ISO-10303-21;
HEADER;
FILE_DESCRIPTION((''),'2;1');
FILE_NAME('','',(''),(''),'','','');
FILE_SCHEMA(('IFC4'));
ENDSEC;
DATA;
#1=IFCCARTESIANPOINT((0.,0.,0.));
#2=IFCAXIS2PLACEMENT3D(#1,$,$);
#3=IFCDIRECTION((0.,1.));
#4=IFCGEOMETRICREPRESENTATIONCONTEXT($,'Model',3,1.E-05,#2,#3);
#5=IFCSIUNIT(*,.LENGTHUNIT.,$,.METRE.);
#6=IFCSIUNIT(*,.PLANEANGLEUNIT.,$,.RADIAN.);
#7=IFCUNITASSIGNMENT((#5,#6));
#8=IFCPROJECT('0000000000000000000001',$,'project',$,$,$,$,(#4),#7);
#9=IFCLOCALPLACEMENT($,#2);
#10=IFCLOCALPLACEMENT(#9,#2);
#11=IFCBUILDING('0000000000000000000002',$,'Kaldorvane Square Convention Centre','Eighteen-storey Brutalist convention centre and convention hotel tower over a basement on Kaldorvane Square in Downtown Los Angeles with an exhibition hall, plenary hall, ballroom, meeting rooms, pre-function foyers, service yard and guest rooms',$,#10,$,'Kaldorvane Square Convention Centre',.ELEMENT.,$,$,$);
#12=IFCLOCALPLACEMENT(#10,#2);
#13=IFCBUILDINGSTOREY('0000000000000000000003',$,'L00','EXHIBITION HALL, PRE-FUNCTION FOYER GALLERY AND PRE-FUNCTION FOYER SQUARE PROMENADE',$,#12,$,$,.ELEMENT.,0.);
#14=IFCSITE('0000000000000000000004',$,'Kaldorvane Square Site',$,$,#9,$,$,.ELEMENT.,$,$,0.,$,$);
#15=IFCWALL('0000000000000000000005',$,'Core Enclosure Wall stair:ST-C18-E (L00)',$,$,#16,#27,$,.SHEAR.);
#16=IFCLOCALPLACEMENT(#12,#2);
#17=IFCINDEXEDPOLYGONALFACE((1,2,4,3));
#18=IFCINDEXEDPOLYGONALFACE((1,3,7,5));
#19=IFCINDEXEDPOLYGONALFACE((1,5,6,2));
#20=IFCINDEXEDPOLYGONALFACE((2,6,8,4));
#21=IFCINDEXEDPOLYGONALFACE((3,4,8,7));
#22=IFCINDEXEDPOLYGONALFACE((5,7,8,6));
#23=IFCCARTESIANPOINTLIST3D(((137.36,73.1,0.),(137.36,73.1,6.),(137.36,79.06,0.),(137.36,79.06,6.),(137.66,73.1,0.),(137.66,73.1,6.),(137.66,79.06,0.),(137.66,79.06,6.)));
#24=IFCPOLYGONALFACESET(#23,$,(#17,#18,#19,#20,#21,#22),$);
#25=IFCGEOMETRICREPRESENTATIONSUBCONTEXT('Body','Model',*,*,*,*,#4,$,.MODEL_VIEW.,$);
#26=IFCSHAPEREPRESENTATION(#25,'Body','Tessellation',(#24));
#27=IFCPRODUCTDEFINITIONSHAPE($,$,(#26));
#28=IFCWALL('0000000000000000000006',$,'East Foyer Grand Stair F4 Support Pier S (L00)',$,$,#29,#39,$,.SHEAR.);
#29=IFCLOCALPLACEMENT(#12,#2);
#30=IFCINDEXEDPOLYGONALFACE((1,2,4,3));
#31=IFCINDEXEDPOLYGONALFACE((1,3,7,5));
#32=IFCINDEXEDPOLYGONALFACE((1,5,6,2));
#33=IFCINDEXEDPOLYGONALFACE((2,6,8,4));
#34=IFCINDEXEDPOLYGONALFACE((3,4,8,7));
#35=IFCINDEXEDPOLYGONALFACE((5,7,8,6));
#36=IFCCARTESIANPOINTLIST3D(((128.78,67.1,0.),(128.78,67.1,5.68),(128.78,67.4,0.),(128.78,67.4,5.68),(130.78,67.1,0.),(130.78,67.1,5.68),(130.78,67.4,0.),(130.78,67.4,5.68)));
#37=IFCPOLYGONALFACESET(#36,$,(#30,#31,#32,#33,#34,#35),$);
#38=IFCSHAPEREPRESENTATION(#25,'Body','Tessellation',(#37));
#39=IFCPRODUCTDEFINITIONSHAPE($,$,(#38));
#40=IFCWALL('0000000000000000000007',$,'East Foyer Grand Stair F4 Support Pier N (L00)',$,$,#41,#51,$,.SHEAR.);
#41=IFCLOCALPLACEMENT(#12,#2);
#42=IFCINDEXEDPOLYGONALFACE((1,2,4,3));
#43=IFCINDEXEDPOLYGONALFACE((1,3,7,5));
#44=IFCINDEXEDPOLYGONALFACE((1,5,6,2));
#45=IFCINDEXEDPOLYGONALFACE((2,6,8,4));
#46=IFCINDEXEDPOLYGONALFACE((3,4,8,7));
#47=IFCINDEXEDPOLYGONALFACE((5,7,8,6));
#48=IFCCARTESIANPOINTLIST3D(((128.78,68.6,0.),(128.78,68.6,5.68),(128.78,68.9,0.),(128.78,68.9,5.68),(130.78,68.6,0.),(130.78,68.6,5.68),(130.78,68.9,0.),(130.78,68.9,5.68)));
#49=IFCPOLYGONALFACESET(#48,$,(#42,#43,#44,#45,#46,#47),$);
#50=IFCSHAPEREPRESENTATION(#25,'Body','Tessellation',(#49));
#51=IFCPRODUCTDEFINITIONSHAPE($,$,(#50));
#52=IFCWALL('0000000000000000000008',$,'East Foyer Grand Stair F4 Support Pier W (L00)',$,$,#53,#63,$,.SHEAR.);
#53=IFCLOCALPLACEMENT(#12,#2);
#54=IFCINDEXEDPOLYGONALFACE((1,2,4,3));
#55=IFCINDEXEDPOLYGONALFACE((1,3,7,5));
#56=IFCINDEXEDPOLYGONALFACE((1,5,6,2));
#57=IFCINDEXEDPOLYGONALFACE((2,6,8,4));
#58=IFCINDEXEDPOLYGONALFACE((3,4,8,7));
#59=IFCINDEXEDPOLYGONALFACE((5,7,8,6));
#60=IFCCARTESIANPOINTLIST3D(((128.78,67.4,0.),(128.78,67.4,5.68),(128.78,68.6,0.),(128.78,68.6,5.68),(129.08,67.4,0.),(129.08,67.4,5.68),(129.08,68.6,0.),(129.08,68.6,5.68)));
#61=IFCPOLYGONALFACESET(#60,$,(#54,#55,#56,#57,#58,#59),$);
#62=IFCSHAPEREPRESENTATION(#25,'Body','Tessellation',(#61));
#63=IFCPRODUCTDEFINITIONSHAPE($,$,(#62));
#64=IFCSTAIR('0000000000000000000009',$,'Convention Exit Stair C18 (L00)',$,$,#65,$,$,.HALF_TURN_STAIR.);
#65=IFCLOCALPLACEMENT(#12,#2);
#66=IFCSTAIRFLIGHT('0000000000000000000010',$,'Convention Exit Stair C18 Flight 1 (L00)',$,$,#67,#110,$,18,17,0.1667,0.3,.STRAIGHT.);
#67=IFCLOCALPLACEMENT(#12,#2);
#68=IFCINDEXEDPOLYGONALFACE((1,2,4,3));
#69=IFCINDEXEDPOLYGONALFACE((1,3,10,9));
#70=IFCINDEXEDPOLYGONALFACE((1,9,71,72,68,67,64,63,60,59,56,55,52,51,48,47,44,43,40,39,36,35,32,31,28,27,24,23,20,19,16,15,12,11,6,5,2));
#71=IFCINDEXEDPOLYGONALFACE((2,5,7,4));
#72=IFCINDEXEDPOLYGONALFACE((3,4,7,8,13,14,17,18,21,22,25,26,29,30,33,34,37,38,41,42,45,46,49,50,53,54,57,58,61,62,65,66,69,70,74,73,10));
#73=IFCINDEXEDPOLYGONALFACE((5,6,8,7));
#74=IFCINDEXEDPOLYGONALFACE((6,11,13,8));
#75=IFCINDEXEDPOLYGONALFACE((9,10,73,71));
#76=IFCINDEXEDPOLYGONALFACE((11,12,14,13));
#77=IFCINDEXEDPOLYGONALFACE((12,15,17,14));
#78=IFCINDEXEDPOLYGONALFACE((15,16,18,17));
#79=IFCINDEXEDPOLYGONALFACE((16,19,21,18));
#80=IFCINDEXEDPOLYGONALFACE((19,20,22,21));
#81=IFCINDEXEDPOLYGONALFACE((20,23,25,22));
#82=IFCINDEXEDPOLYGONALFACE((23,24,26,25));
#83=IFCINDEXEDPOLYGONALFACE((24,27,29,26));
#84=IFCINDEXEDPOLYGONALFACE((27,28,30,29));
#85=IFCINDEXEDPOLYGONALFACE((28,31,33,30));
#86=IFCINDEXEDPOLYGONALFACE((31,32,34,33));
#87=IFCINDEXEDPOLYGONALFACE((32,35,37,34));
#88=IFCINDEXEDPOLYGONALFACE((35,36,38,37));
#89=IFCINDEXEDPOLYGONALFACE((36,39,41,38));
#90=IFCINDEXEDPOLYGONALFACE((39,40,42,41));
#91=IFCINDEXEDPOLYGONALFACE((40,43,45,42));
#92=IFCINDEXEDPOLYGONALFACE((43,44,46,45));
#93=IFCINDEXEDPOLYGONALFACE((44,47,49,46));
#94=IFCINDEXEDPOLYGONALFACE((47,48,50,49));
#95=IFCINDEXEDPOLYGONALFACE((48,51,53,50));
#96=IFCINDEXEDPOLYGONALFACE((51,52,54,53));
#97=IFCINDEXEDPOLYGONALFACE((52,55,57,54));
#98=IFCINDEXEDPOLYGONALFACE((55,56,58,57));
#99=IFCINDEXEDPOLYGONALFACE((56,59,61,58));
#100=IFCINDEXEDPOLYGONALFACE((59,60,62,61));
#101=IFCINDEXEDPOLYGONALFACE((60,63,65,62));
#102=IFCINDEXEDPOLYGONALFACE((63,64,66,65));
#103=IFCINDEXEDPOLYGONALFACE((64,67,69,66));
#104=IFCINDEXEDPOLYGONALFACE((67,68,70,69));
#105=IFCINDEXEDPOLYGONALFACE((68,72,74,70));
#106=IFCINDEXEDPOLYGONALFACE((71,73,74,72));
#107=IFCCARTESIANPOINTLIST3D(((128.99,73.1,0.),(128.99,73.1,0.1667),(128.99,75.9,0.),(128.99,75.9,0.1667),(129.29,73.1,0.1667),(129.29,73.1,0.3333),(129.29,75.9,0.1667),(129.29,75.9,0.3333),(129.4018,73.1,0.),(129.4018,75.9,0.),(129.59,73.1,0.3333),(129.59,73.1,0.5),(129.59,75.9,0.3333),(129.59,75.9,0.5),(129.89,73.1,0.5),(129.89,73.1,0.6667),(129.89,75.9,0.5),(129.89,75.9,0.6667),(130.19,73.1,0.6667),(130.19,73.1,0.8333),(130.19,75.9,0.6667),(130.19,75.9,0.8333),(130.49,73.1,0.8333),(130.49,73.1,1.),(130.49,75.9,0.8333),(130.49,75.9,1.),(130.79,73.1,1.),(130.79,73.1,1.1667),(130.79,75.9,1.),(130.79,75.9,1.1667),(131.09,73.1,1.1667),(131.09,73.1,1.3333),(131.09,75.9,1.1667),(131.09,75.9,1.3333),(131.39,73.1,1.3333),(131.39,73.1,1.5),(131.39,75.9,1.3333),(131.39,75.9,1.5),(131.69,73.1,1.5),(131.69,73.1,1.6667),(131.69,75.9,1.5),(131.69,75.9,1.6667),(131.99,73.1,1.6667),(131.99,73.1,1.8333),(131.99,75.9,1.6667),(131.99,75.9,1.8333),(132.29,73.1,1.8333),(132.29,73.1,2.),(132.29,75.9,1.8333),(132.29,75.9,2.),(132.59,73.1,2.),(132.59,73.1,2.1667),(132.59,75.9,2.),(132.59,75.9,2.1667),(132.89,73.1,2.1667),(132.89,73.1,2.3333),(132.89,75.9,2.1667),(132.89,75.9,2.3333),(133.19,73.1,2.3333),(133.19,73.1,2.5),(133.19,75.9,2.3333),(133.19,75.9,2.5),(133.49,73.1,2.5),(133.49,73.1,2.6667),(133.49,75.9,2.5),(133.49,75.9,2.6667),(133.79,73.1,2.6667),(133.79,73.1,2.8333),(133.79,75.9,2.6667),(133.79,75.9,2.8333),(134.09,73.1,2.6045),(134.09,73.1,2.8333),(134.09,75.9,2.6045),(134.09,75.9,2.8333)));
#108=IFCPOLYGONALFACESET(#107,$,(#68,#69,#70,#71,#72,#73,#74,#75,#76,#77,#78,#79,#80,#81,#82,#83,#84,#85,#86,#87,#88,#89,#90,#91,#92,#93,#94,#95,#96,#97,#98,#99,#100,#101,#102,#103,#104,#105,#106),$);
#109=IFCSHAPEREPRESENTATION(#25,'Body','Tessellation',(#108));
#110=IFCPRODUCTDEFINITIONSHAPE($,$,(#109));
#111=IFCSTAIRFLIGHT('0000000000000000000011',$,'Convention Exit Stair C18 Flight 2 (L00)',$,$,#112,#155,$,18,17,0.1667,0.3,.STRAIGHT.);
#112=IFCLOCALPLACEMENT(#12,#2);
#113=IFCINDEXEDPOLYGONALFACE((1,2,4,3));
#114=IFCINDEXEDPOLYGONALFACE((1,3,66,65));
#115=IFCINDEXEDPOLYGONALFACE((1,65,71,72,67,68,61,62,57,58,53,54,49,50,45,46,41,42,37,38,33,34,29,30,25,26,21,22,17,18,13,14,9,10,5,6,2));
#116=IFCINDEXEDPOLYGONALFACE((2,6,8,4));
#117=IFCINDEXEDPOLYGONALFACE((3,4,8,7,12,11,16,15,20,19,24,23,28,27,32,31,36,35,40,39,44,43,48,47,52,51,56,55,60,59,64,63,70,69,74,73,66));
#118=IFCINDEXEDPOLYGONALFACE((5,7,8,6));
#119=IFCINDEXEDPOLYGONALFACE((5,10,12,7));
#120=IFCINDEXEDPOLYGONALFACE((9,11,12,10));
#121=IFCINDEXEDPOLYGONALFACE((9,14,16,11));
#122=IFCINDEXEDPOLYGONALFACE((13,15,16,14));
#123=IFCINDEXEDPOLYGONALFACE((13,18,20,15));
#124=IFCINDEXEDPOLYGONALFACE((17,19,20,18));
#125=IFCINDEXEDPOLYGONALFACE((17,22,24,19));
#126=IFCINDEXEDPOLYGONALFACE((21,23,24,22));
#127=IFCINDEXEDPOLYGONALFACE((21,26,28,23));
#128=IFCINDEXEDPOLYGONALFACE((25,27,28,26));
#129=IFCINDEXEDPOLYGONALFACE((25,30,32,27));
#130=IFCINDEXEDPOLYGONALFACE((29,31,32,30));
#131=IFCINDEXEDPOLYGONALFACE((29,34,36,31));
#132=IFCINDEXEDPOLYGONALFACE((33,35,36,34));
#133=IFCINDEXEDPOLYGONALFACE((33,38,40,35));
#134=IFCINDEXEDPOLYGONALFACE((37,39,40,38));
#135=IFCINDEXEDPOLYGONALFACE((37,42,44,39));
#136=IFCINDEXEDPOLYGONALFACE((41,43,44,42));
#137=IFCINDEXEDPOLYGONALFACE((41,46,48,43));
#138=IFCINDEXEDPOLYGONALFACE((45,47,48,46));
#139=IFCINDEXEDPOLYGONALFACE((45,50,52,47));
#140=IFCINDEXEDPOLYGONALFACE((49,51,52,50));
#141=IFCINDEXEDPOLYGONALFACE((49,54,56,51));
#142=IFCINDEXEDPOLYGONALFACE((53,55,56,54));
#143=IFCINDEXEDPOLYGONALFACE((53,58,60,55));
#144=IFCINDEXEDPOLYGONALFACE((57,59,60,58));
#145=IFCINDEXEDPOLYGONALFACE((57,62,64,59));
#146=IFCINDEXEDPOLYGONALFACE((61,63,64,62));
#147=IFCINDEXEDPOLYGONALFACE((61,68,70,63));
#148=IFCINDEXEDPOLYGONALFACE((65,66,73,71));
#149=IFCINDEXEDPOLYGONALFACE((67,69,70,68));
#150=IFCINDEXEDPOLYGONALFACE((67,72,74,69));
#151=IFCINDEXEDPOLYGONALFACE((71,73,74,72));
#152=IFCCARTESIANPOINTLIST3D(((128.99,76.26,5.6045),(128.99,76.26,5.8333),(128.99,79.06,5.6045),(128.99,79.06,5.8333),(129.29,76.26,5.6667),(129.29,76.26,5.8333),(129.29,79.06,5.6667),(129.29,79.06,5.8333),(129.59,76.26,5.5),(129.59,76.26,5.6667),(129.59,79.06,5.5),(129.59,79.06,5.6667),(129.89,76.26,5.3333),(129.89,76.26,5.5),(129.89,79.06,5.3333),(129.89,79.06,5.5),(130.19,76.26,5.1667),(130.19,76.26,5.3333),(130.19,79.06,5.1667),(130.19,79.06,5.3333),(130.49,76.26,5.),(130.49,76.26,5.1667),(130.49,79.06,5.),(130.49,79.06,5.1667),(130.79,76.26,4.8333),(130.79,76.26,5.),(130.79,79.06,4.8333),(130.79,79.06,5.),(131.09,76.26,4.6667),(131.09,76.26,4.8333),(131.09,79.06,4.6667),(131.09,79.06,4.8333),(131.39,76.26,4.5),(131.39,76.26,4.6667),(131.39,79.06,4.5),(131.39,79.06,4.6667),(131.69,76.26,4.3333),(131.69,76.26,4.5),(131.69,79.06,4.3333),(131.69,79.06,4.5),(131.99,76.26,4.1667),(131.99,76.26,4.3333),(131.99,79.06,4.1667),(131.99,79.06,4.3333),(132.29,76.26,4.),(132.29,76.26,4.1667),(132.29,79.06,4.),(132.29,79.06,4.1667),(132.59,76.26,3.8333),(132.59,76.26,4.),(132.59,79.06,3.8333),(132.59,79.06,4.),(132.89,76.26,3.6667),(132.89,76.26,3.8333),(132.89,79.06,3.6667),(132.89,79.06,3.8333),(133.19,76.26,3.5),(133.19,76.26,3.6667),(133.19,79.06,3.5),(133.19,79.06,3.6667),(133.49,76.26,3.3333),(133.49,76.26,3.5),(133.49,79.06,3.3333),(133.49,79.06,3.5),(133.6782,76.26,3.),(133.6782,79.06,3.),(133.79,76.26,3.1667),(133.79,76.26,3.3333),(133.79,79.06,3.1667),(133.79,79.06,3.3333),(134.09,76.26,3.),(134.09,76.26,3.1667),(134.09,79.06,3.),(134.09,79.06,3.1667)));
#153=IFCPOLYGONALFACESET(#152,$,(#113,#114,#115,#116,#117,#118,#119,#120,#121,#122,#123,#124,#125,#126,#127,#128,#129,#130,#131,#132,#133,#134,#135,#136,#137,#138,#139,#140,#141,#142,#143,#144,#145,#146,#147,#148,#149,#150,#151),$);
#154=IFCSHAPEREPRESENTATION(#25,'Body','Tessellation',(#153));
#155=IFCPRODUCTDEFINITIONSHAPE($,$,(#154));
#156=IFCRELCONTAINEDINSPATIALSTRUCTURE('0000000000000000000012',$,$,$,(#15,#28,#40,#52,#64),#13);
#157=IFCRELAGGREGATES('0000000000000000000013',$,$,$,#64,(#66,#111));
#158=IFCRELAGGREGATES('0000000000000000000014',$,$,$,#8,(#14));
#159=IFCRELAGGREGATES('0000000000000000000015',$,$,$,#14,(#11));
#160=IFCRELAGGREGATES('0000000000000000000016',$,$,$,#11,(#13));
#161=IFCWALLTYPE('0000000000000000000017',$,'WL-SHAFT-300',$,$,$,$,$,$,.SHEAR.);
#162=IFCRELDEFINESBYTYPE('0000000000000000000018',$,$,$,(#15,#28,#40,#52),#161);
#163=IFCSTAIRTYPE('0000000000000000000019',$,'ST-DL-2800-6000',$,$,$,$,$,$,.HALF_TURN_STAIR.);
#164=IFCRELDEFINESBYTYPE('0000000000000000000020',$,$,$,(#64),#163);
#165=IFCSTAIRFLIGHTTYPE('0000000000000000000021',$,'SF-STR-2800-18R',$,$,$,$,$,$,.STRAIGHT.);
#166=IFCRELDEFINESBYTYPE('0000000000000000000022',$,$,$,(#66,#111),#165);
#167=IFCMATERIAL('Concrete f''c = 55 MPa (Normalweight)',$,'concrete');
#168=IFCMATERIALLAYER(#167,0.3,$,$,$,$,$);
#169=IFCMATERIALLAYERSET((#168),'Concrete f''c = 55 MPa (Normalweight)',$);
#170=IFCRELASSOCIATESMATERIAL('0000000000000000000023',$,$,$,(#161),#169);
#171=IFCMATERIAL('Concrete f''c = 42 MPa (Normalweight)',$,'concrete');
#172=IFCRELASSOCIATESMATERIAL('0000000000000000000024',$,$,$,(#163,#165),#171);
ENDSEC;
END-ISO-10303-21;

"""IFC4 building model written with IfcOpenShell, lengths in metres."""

from ifc_helpers import new_model, si_unit, direction, frame, frame_2d, origin, place, context, subcontext, project, spatial, polyline, rectangle, outline, extrude, material, layer, layer_set, type_object, element, aggregate, save


model = new_model("IFC4")

# Units and contexts
model_context = context("Model", 3, precision=1e-05, world=origin(), true_north=direction((0.0, 1.0)))
body_context = subcontext(model_context, "Body", "Model", "MODEL_VIEW")
ifc_project = project(units=[si_unit("LENGTHUNIT", "METRE"), si_unit("PLANEANGLEUNIT", "RADIAN")], contexts=[model_context])

# Site, building, storey
site_placement = place(None, origin())
site = spatial("IfcSite", under=ifc_project, at=site_placement, Name="Kaldorvane Square Site", CompositionType="ELEMENT", RefElevation=0.0)
building_placement = place(site_placement, origin())
building = spatial("IfcBuilding", under=site, at=building_placement, Name="Kaldorvane Square Convention Centre", Description="Eighteen-storey Brutalist convention centre and convention hotel tower over a basement on Kaldorvane Square in Downtown Los Angeles with an exhibition hall, plenary hall, ballroom, meeting rooms, pre-function foyers, service yard and guest rooms", LongName="Kaldorvane Square Convention Centre", CompositionType="ELEMENT")
storey_placement = place(building_placement, origin())
storey = spatial("IfcBuildingStorey", under=building, at=storey_placement, Name="L00", Description="EXHIBITION HALL, PRE-FUNCTION FOYER GALLERY AND PRE-FUNCTION FOYER SQUARE PROMENADE", CompositionType="ELEMENT", Elevation=0.0)

# Shared definitions
ifc_material_1 = material(Name="Concrete f'c = 42 MPa (Normalweight)", Category="concrete")

# Shared definitions
ifc_material_2 = material(Name="Concrete f'c = 55 MPa (Normalweight)", Category="concrete")
ifc_layer_1 = layer(ifc_material_2, 0.3)
ifc_layer_set_1 = layer_set([ifc_layer_1], Name="Concrete f'c = 55 MPa (Normalweight)")
wall_type_1 = type_object("IfcWallType", Name="WL-SHAFT-300", PredefinedType="SHEAR", material=ifc_layer_set_1)

# Walls
for number, where, z_axis, x_axis, name in (
    (1, (137.51, 73.1, 0.0), (0.0, 0.0, 1.0), (0.0, 1.0, 0.0), "Core Enclosure Wall stair:ST-C18-E (L00)"),
):
    element("IfcWall", number, at=place(storey_placement, frame(where, z_axis=z_axis, x_axis=x_axis)), inside=storey, type_object=wall_type_1, Name=name, PredefinedType="SHEAR", context=body_context, shape_type="SweptSolid", body=[
        extrude(rectangle(XDim=5.96, YDim=0.3, at=frame_2d((2.98, 0.0))), origin(), (0.0, 0.0, 1.0), 6.0),
    ])
for number, where, z_axis, x_axis, name in (
    (2, (128.78, 67.25, 0.0), (0.0, 0.0, 1.0), (1.0, 0.0, 0.0), "East Foyer Grand Stair F4 Support Pier S (L00)"),
    (3, (128.78, 68.75, 0.0), (0.0, 0.0, 1.0), (1.0, 0.0, 0.0), "East Foyer Grand Stair F4 Support Pier N (L00)"),
):
    element("IfcWall", number, at=place(storey_placement, frame(where, z_axis=z_axis, x_axis=x_axis)), inside=storey, type_object=wall_type_1, Name=name, PredefinedType="SHEAR", context=body_context, shape_type="SweptSolid", body=[
        extrude(rectangle(XDim=2.0, YDim=0.3, at=frame_2d((1.0, 0.0))), origin(), (0.0, 0.0, 1.0), 5.68),
    ])
wall_1_placement = place(storey_placement, frame((128.93, 67.4, 0.0), z_axis=(0.0, 0.0, 1.0), x_axis=(0.0, 1.0, 0.0)))
element("IfcWall", 4, at=wall_1_placement, inside=storey, type_object=wall_type_1, Name="East Foyer Grand Stair F4 Support Pier W (L00)", PredefinedType="SHEAR", context=body_context, shape_type="SweptSolid", body=[
    extrude(rectangle(XDim=1.2, YDim=0.3, at=frame_2d((0.6, 0.0))), origin(), (0.0, 0.0, 1.0), 5.68),
])

# Stair, stair flights
stair_type = type_object("IfcStairType", Name="ST-DL-2800-6000", PredefinedType="HALF_TURN_STAIR", material=ifc_material_1)
stair_placement = place(storey_placement, origin())
stair = element("IfcStair", 5, at=stair_placement, inside=storey, type_object=stair_type, Name="Convention Exit Stair C18 (L00)", PredefinedType="HALF_TURN_STAIR")
stair_flight_type = type_object("IfcStairFlightType", Name="SF-STR-2800-18R", PredefinedType="STRAIGHT", material=ifc_material_1)
stair_flight_1_placement = place(storey_placement, frame((128.99, 74.5, 0.0), z_axis=(0.0, 0.0, 1.0), x_axis=(1.0, 0.0, 0.0)))
stair_flight_1 = element("IfcStairFlight", 6, at=stair_flight_1_placement, type_object=stair_flight_type, Name="Convention Exit Stair C18 Flight 1 (L00)", NumberOfRisers=18, NumberOfTreads=17, PredefinedType="STRAIGHT", RiserHeight=0.1667, TreadLength=0.3, context=body_context, shape_type="SweptSolid", body=[
    extrude(outline(polyline([(0.0, 0.0), (0.0, 0.1667), (0.3, 0.1667), (0.3, 0.3333), (0.6, 0.3333), (0.6, 0.5), (0.9, 0.5), (0.9, 0.6667), (1.2, 0.6667), (1.2, 0.8333), (1.5, 0.8333), (1.5, 1.0), (1.8, 1.0), (1.8, 1.1667), (2.1, 1.1667), (2.1, 1.3333), (2.4, 1.3333), (2.4, 1.5), (2.7, 1.5), (2.7, 1.6667), (3.0, 1.6667), (3.0, 1.8333), (3.3, 1.8333), (3.3, 2.0), (3.6, 2.0), (3.6, 2.1667), (3.9, 2.1667), (3.9, 2.3333), (4.2, 2.3333), (4.2, 2.5), (4.5, 2.5), (4.5, 2.6667), (4.8, 2.6667), (4.8, 2.8333), (5.1, 2.8333), (5.1, 3.0), (5.1, 2.6045), (0.4118, 0.0), (0.0, 0.0)])), frame((0.0, 1.4, 0.0), z_axis=(0.0, -1.0, 0.0), x_axis=(1.0, 0.0, 0.0)), (0.0, 0.0, 1.0), 2.8),
])
stair_flight_2_placement = place(storey_placement, frame((134.09, 77.66, 3.0), z_axis=(0.0, 0.0, 1.0), x_axis=(-1.0, 0.0, 0.0)))
stair_flight_2 = element("IfcStairFlight", 7, at=stair_flight_2_placement, type_object=stair_flight_type, Name="Convention Exit Stair C18 Flight 2 (L00)", NumberOfRisers=18, NumberOfTreads=17, PredefinedType="STRAIGHT", RiserHeight=0.1667, TreadLength=0.3, context=body_context, shape_type="SweptSolid", body=[
    extrude(outline(polyline([(0.0, 0.0), (0.0, 0.1667), (0.3, 0.1667), (0.3, 0.3333), (0.6, 0.3333), (0.6, 0.5), (0.9, 0.5), (0.9, 0.6667), (1.2, 0.6667), (1.2, 0.8333), (1.5, 0.8333), (1.5, 1.0), (1.8, 1.0), (1.8, 1.1667), (2.1, 1.1667), (2.1, 1.3333), (2.4, 1.3333), (2.4, 1.5), (2.7, 1.5), (2.7, 1.6667), (3.0, 1.6667), (3.0, 1.8333), (3.3, 1.8333), (3.3, 2.0), (3.6, 2.0), (3.6, 2.1667), (3.9, 2.1667), (3.9, 2.3333), (4.2, 2.3333), (4.2, 2.5), (4.5, 2.5), (4.5, 2.6667), (4.8, 2.6667), (4.8, 2.8333), (5.1, 2.8333), (5.1, 3.0), (5.1, 2.6045), (0.4118, 0.0), (0.0, 0.0)])), frame((0.0, 1.4, 0.0), z_axis=(0.0, -1.0, 0.0), x_axis=(1.0, 0.0, 0.0)), (0.0, 0.0, 1.0), 2.8),
])
aggregate(stair, [stair_flight_1, stair_flight_2])

save(model, "model.ifc")
